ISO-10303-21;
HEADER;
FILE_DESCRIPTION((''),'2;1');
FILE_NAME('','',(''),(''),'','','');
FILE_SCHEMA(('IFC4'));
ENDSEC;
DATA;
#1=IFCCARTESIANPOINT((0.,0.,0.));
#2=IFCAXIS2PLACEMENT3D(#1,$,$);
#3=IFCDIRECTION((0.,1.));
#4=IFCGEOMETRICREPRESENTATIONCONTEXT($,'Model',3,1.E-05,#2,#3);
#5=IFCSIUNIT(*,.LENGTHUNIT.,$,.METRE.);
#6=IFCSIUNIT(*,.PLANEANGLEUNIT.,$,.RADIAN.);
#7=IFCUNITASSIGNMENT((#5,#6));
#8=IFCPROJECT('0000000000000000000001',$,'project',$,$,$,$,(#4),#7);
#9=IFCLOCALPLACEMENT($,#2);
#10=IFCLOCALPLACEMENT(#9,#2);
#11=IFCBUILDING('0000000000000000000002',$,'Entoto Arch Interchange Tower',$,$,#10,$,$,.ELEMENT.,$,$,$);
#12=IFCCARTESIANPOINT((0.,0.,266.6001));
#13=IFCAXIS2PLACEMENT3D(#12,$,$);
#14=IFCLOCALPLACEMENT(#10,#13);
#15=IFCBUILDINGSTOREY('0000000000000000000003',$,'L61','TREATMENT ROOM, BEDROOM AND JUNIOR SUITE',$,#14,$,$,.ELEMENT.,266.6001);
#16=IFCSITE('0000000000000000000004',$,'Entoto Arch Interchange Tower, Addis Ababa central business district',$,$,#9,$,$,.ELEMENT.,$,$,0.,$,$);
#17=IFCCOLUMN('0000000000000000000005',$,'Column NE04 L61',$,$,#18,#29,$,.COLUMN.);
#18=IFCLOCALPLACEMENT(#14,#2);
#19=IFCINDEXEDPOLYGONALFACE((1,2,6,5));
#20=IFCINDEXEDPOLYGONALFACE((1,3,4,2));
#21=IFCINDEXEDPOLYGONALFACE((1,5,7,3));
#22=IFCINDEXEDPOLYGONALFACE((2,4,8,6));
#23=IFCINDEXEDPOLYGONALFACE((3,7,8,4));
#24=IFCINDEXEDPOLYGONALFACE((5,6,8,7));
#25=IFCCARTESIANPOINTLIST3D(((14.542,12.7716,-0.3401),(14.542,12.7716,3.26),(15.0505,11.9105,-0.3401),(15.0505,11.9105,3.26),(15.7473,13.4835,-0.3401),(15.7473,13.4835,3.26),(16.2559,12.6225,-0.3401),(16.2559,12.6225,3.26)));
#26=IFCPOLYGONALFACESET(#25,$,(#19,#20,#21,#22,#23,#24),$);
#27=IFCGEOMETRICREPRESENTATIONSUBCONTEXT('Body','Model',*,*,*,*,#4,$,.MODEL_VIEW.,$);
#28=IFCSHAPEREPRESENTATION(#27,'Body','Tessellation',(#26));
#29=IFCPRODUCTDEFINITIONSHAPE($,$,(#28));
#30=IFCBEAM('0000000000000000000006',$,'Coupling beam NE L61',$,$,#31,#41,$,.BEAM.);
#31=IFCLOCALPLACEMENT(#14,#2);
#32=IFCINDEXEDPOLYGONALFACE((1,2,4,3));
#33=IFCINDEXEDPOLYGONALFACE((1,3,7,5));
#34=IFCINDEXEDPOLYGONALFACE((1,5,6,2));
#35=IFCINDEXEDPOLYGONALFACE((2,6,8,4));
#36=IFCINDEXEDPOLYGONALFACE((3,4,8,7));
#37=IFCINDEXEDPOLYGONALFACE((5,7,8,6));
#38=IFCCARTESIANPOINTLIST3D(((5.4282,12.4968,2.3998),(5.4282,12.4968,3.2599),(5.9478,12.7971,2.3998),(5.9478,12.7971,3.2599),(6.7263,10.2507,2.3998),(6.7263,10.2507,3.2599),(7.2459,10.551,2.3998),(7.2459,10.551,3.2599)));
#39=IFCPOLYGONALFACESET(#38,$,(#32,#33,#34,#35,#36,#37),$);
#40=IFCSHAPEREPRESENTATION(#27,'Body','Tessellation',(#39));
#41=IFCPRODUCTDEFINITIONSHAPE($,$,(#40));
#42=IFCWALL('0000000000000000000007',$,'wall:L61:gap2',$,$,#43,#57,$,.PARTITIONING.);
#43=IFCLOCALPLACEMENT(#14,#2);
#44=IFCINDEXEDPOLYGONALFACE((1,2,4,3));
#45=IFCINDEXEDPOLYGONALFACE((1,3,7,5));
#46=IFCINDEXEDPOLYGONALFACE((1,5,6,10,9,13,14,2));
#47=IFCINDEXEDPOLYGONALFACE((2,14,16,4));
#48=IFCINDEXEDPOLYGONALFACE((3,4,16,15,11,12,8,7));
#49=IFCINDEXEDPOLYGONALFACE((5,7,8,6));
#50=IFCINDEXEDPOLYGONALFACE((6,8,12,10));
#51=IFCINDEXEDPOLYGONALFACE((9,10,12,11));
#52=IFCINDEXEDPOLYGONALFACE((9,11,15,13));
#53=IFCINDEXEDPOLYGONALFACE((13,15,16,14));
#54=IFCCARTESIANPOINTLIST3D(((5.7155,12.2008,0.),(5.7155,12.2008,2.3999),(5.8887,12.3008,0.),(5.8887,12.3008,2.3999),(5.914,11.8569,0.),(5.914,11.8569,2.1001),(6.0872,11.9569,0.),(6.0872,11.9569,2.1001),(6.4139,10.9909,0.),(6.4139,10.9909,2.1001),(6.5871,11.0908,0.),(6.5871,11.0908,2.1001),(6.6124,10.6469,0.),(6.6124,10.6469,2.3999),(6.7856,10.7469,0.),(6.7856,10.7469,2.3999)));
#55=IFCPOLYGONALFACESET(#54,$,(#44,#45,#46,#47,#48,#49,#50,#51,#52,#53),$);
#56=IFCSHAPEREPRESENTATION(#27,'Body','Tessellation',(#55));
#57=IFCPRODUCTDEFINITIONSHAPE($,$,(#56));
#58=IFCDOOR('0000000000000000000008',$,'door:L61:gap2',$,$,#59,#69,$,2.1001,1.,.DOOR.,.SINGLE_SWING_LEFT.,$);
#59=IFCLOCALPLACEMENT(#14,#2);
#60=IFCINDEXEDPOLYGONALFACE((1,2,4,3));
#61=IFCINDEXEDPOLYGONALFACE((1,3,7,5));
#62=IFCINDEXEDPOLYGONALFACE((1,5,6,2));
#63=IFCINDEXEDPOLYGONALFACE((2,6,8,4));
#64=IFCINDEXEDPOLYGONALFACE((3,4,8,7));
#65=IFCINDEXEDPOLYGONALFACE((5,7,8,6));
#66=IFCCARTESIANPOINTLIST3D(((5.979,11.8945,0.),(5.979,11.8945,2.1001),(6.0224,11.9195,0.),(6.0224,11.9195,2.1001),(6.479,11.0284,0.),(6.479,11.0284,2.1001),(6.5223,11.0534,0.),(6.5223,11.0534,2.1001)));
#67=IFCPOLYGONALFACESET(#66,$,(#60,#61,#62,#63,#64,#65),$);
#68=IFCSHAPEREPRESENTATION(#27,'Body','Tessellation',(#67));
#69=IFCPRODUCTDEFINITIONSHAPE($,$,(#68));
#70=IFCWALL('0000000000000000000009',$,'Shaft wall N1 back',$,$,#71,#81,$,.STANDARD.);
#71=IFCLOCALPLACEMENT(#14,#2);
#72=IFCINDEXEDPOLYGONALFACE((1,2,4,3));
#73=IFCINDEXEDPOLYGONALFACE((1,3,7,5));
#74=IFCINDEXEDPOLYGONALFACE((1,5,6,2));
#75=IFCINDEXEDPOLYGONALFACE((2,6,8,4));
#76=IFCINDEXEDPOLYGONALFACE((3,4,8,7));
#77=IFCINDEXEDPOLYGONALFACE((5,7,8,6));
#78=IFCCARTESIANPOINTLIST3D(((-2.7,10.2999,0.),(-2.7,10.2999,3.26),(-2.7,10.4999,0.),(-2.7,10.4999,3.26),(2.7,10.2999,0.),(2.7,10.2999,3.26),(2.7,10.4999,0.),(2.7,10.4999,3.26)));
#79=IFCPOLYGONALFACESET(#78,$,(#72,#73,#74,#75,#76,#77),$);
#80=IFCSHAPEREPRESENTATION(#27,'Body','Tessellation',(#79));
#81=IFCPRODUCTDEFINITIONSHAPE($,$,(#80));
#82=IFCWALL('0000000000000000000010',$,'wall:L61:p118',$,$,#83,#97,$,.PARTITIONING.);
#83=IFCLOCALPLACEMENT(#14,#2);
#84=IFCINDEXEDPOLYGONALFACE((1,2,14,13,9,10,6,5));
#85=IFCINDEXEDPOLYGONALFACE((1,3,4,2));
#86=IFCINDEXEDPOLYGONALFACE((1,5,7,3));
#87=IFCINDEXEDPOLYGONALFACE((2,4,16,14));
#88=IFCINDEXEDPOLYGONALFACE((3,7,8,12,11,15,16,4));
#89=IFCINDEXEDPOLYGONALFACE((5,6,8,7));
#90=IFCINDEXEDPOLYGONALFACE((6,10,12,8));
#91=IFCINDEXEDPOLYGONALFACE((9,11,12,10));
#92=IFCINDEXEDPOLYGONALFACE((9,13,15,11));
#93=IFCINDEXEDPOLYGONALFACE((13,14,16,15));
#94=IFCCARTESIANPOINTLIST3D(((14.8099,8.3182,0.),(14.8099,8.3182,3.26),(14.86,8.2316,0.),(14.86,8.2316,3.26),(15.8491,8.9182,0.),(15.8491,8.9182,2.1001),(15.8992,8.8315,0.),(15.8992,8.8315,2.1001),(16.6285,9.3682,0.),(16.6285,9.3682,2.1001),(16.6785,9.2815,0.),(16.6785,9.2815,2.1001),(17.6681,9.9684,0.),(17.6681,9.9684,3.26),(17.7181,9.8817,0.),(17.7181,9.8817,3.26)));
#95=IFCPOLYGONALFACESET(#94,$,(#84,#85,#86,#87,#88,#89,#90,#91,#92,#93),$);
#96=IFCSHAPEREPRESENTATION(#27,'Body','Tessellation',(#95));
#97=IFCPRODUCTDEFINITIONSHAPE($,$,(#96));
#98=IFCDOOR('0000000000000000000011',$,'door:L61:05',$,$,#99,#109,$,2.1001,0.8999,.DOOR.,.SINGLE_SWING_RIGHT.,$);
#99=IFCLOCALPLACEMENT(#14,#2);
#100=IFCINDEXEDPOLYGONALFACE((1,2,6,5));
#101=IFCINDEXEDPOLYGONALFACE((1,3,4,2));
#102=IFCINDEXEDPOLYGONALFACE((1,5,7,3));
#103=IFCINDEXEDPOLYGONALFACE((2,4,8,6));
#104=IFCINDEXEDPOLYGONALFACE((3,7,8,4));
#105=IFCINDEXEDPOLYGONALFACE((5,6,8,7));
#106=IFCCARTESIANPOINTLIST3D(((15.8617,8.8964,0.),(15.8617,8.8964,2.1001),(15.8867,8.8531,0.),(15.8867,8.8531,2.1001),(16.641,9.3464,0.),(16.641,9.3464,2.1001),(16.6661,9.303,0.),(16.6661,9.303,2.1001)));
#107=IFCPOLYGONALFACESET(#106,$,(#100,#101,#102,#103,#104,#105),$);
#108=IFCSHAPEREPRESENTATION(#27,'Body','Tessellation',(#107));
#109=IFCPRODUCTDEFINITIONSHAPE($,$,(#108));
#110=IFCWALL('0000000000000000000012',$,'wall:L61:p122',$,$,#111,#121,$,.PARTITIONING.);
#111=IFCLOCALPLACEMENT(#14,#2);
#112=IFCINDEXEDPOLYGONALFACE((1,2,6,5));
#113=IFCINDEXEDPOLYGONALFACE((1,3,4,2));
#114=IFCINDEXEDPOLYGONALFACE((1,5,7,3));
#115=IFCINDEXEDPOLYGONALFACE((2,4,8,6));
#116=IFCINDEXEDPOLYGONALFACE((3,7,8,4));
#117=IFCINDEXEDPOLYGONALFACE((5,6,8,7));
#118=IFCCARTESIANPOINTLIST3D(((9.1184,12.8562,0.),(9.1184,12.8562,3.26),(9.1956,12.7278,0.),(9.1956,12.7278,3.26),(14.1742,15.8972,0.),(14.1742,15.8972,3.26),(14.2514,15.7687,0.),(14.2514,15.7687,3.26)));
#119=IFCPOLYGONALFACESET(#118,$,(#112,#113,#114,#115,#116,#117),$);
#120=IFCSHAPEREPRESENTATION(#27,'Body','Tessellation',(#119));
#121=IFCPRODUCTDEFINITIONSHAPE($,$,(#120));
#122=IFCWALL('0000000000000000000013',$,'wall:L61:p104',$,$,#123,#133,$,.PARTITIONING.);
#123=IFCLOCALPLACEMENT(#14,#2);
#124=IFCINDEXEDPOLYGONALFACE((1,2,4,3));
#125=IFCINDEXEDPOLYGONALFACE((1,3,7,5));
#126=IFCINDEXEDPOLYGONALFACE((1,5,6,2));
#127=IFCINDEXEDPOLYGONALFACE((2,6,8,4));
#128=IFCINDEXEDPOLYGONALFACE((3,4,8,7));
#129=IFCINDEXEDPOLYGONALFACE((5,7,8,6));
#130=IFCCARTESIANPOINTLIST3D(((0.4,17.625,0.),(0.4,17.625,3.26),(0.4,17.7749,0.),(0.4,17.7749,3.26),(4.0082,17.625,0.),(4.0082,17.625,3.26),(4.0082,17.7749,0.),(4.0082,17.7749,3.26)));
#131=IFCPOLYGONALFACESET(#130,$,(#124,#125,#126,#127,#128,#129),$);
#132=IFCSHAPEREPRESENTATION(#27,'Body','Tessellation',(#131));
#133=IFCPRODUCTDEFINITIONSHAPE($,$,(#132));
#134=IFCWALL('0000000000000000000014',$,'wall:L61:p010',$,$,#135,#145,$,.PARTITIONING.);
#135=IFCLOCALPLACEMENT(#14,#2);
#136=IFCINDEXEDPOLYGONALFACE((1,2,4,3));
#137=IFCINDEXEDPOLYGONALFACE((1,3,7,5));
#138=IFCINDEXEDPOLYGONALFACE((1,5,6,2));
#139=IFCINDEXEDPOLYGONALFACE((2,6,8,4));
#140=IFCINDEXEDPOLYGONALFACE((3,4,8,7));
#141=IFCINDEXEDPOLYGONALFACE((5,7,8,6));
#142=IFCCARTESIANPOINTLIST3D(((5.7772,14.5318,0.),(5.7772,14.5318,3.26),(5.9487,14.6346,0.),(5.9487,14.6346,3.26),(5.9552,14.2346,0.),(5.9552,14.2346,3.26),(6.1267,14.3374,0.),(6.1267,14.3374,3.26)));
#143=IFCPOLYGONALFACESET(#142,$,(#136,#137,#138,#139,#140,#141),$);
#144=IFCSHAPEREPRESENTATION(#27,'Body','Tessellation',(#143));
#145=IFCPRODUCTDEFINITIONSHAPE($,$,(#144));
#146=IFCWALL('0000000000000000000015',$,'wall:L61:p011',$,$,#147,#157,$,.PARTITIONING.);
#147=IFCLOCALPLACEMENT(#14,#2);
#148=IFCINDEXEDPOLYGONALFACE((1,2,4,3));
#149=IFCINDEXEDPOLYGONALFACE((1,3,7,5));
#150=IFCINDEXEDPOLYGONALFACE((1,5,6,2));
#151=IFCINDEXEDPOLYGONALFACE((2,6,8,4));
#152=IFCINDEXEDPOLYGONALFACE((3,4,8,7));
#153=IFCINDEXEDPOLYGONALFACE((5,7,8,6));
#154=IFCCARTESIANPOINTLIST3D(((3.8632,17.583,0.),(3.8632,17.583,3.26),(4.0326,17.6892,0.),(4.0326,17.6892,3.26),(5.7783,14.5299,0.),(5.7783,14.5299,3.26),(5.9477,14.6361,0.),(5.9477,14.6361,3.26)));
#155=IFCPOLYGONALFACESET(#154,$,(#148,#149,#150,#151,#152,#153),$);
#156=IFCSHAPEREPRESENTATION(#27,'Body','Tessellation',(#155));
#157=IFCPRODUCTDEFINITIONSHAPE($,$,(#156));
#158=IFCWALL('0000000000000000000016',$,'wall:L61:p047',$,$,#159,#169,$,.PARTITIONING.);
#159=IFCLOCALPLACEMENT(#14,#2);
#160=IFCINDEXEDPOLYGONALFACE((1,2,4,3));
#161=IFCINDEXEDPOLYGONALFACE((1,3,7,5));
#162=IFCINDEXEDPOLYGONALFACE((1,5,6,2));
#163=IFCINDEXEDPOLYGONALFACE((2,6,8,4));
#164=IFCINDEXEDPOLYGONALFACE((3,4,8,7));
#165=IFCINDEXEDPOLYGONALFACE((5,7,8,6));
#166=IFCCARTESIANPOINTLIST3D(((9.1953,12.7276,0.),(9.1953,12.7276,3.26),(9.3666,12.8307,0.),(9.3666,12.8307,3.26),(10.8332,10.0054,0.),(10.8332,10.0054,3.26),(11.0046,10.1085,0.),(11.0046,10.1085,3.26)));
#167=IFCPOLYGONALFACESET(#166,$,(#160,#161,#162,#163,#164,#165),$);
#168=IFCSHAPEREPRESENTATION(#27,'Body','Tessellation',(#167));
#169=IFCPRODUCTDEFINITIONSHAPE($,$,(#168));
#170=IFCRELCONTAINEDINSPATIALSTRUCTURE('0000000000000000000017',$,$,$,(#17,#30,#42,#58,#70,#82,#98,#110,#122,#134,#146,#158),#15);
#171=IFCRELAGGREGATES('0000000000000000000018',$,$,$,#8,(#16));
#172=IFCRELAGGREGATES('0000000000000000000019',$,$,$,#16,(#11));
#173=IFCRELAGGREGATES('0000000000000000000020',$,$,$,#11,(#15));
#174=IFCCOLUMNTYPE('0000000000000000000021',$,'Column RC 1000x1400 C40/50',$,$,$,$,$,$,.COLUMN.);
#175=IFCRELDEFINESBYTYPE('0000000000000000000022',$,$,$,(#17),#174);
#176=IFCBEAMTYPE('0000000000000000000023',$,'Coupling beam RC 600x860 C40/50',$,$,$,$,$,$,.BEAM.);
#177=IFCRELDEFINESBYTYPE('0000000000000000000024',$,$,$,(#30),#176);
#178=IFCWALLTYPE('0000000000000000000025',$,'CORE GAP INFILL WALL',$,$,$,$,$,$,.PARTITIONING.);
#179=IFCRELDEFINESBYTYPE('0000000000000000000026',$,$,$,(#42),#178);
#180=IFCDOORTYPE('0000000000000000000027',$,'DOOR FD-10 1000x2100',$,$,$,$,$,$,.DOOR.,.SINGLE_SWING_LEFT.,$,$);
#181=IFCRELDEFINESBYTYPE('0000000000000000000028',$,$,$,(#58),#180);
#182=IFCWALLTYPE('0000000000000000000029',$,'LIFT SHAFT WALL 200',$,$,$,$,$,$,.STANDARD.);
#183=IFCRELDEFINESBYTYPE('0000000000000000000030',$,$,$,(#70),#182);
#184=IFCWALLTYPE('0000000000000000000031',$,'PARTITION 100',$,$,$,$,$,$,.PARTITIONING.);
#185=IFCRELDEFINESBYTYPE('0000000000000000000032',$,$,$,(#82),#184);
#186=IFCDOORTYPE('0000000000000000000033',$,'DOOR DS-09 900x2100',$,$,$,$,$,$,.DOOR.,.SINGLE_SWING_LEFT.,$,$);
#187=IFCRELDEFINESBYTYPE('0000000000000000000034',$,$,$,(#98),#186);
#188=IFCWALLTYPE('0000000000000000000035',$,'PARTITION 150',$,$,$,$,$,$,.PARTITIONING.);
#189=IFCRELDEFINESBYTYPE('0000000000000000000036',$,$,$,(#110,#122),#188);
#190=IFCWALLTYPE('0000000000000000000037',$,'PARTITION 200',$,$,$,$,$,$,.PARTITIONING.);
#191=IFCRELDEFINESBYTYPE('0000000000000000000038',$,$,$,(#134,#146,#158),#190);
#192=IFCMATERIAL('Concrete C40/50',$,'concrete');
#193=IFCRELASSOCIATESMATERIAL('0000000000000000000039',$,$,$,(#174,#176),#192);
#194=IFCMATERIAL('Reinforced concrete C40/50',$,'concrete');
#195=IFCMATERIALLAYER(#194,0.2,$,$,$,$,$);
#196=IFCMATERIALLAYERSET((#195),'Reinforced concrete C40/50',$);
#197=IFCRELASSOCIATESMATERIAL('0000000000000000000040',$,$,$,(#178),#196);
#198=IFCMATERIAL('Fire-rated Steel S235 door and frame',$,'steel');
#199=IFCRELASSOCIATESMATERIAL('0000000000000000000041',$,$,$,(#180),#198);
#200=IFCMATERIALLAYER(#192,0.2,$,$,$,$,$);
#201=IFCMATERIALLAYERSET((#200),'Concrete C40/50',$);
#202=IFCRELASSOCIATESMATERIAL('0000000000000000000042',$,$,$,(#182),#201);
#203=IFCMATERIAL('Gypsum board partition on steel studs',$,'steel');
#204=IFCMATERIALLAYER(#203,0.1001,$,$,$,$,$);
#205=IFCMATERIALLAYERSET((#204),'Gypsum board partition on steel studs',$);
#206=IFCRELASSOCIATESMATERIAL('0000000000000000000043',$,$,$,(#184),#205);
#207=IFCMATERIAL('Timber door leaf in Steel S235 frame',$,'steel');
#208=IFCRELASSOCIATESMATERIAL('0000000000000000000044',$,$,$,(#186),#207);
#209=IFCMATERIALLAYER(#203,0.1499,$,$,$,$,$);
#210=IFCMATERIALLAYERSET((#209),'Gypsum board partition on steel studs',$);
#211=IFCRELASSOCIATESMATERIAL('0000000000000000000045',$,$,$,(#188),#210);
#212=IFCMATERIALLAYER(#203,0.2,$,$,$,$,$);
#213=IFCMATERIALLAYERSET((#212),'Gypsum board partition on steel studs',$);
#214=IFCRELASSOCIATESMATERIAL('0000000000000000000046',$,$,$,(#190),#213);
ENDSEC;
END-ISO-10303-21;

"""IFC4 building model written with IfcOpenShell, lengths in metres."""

from ifc_helpers import new_model, si_unit, direction, frame, frame_2d, origin, origin_2d, place, context, subcontext, project, spatial, rectangle, extrude, material, layer, layer_set, material_profile, profile_set, type_object, element, fill, save


model = new_model("IFC4")

# Units and contexts
model_context = context("Model", 3, precision=1e-05, world=origin(), true_north=direction((0.0, 1.0)))
body_context = subcontext(model_context, "Body", "Model", "MODEL_VIEW")
ifc_project = project(units=[si_unit("LENGTHUNIT", "METRE"), si_unit("PLANEANGLEUNIT", "RADIAN")], contexts=[model_context])

# Site, building, storey
site_placement = place(None, origin())
site = spatial("IfcSite", under=ifc_project, at=site_placement, Name="Entoto Arch Interchange Tower, Addis Ababa central business district", CompositionType="ELEMENT", RefElevation=0.0)
building_placement = place(site_placement, origin())
building = spatial("IfcBuilding", under=site, at=building_placement, Name="Entoto Arch Interchange Tower", CompositionType="ELEMENT")
storey_placement = place(building_placement, frame((0.0, 0.0, 266.6001)))
storey = spatial("IfcBuildingStorey", under=building, at=storey_placement, Name="L61", Description="TREATMENT ROOM, BEDROOM AND JUNIOR SUITE", CompositionType="ELEMENT", Elevation=266.6001)

# Column
ifc_material_1 = material(Name="Concrete C40/50", Category="concrete")
ifc_material_profile_1 = material_profile(ifc_material_1, rectangle(XDim=1.0, YDim=1.3999, at=origin_2d()))
ifc_profile_set_1 = profile_set([ifc_material_profile_1], Name="Concrete C40/50")
column_type = type_object("IfcColumnType", Name="Column RC 1000x1400 C40/50", PredefinedType="COLUMN", material=ifc_profile_set_1)
column_placement = place(storey_placement, frame((15.3989, 12.697, -0.3401), z_axis=(0.0, 0.0, 1.0), x_axis=(-0.508576, 0.861017, 0.0)))
element("IfcColumn", 1, at=column_placement, inside=storey, type_object=column_type, Name="Column NE04 L61", PredefinedType="COLUMN", context=body_context, shape_type="SweptSolid", body=[
    extrude(rectangle(XDim=1.0, YDim=1.3999, at=origin_2d()), origin(), (0.0, 0.0, 1.0), 3.6001),
])

# Beam
ifc_material_profile_2 = material_profile(ifc_material_1, rectangle(XDim=0.6001, YDim=0.8601, at=origin_2d()))
ifc_profile_set_2 = profile_set([ifc_material_profile_2], Name="Concrete C40/50")
beam_type = type_object("IfcBeamType", Name="Coupling beam RC 600x860 C40/50", PredefinedType="BEAM", material=ifc_profile_set_2)
beam_placement = place(storey_placement, frame((6.9861, 10.4009, 2.8298), z_axis=(-0.50038, 0.865806, 0.0), x_axis=(-0.865806, -0.50038, 0.0)))
element("IfcBeam", 2, at=beam_placement, inside=storey, type_object=beam_type, Name="Coupling beam NE L61", PredefinedType="BEAM", context=body_context, shape_type="SweptSolid", body=[
    extrude(rectangle(XDim=0.6001, YDim=0.8601, at=origin_2d()), origin(), (0.0, 0.0, 1.0), 2.5942),
])

# Wall, opening, door
ifc_material_2 = material(Name="Reinforced concrete C40/50", Category="concrete")
ifc_layer_1 = layer(ifc_material_2, 0.2)
ifc_layer_set_1 = layer_set([ifc_layer_1], Name="Reinforced concrete C40/50")
wall_type_1 = type_object("IfcWallType", Name="CORE GAP INFILL WALL", PredefinedType="PARTITIONING", material=ifc_layer_set_1)
wall_1_placement = place(storey_placement, frame((6.699, 10.697, 0.0), z_axis=(0.0, 0.0, 1.0), x_axis=(-0.499915, 0.866075, 0.0)))
wall_1 = element("IfcWall", 3, at=wall_1_placement, inside=storey, type_object=wall_type_1, Name="wall:L61:gap2", PredefinedType="PARTITIONING", context=body_context, shape_type="SweptSolid", body=[
    extrude(rectangle(XDim=1.7942, YDim=0.2, at=frame_2d((0.897, 0.0))), origin(), (0.0, 0.0, 1.0), 2.3999),
])
opening_1_placement = place(wall_1_placement, frame((0.397, 0.0, 0.0)))
opening_1 = element("IfcOpeningElement", 4, at=opening_1_placement, cuts=wall_1, PredefinedType="OPENING", context=body_context, shape_type="SweptSolid", body=[
    extrude(rectangle(XDim=1.0, YDim=2.1001, at=frame_2d((0.5, 1.05))), frame((0.0, 0.1099, 0.0), z_axis=(0.0, -1.0, 0.0), x_axis=(1.0, 0.0, 0.0)), (0.0, 0.0, 1.0), 0.22),
])
ifc_material_3 = material(Name="Fire-rated Steel S235 door and frame", Category="steel")
door_type_1 = type_object("IfcDoorType", Name="DOOR FD-10 1000x2100", OperationType="SINGLE_SWING_LEFT", PredefinedType="DOOR", material=ifc_material_3)
door_1_placement = place(opening_1_placement, origin())
door_1 = element("IfcDoor", 5, at=door_1_placement, inside=storey, type_object=door_type_1, Name="door:L61:gap2", OperationType="SINGLE_SWING_LEFT", OverallHeight=2.1001, OverallWidth=1.0, PredefinedType="DOOR", context=body_context, shape_type="SweptSolid", body=[
    extrude(rectangle(XDim=1.0, YDim=2.1001, at=frame_2d((0.5, 1.05))), frame((0.0, 0.0249, 0.0), z_axis=(0.0, -1.0, 0.0), x_axis=(1.0, 0.0, 0.0)), (0.0, 0.0, 1.0), 0.05),
])
fill(opening_1, door_1)

# Wall
ifc_layer_2 = layer(ifc_material_1, 0.2)
ifc_layer_set_2 = layer_set([ifc_layer_2], Name="Concrete C40/50")
wall_type_2 = type_object("IfcWallType", Name="LIFT SHAFT WALL 200", PredefinedType="STANDARD", material=ifc_layer_set_2)
wall_2_placement = place(storey_placement, frame((2.7, 10.3999, 0.0), z_axis=(0.0, 0.0, 1.0), x_axis=(-1.0, 0.0, 0.0)))
element("IfcWall", 6, at=wall_2_placement, inside=storey, type_object=wall_type_2, Name="Shaft wall N1 back", PredefinedType="STANDARD", context=body_context, shape_type="SweptSolid", body=[
    extrude(rectangle(XDim=5.3999, YDim=0.2, at=frame_2d((2.7, 0.0))), origin(), (0.0, 0.0, 1.0), 3.26),
])

# Wall, opening, door
ifc_material_4 = material(Name="Gypsum board partition on steel studs", Category="steel")
ifc_layer_3 = layer(ifc_material_4, 0.1001)
ifc_layer_set_3 = layer_set([ifc_layer_3], Name="Gypsum board partition on steel studs")
wall_type_3 = type_object("IfcWallType", Name="PARTITION 100", PredefinedType="PARTITIONING", material=ifc_layer_set_3)
wall_3_placement = place(storey_placement, frame((14.835, 8.2749, 0.0), z_axis=(0.0, 0.0, 1.0), x_axis=(0.866027, 0.499998, 0.0)))
wall_3 = element("IfcWall", 7, at=wall_3_placement, inside=storey, type_object=wall_type_3, Name="wall:L61:p118", PredefinedType="PARTITIONING", context=body_context, shape_type="SweptSolid", body=[
    extrude(rectangle(XDim=3.3003, YDim=0.1001, at=frame_2d((1.6501, 0.0))), origin(), (0.0, 0.0, 1.0), 3.26),
])
opening_2_placement = place(wall_3_placement, frame((1.2, 0.0, 0.0)))
opening_2 = element("IfcOpeningElement", 8, at=opening_2_placement, cuts=wall_3, PredefinedType="OPENING", context=body_context, shape_type="SweptSolid", body=[
    extrude(rectangle(XDim=0.8999, YDim=2.1001, at=frame_2d((0.45, 1.05))), frame((0.0, 0.0601, 0.0), z_axis=(0.0, -1.0, 0.0), x_axis=(1.0, 0.0, 0.0)), (0.0, 0.0, 1.0), 0.1201),
])
ifc_material_5 = material(Name="Timber door leaf in Steel S235 frame", Category="steel")
door_type_2 = type_object("IfcDoorType", Name="DOOR DS-09 900x2100", OperationType="SINGLE_SWING_LEFT", PredefinedType="DOOR", material=ifc_material_5)
door_2_placement = place(opening_2_placement, origin())
door_2 = element("IfcDoor", 9, at=door_2_placement, inside=storey, type_object=door_type_2, Name="door:L61:05", OperationType="SINGLE_SWING_RIGHT", OverallHeight=2.1001, OverallWidth=0.8999, PredefinedType="DOOR", context=body_context, shape_type="SweptSolid", body=[
    extrude(rectangle(XDim=0.8999, YDim=2.1001, at=frame_2d((0.45, 1.05))), frame((0.0, 0.0249, 0.0), z_axis=(0.0, -1.0, 0.0), x_axis=(1.0, 0.0, 0.0)), (0.0, 0.0, 1.0), 0.05),
])
fill(opening_2, door_2)

# Walls
ifc_layer_4 = layer(ifc_material_4, 0.1499)
ifc_layer_set_4 = layer_set([ifc_layer_4], Name="Gypsum board partition on steel studs")
wall_type_4 = type_object("IfcWallType", Name="PARTITION 150", PredefinedType="PARTITIONING", material=ifc_layer_set_4)
wall_4_placement = place(storey_placement, frame((9.157, 12.792, 0.0), z_axis=(0.0, 0.0, 1.0), x_axis=(0.856934, 0.515426, 0.0)))
element("IfcWall", 10, at=wall_4_placement, inside=storey, type_object=wall_type_4, Name="wall:L61:p122", PredefinedType="PARTITIONING", context=body_context, shape_type="SweptSolid", body=[
    extrude(rectangle(XDim=5.8999, YDim=0.1499, at=frame_2d((2.95, 0.0))), origin(), (0.0, 0.0, 1.0), 3.26),
])
wall_5_placement = place(storey_placement, frame((0.3999, 17.7, 0.0), z_axis=(0.0, 0.0, 1.0), x_axis=(1.0, 0.0, 0.0)))
element("IfcWall", 11, at=wall_5_placement, inside=storey, type_object=wall_type_4, Name="wall:L61:p104", PredefinedType="PARTITIONING", context=body_context, shape_type="SweptSolid", body=[
    extrude(rectangle(XDim=3.6082, YDim=0.1499, at=frame_2d((1.8042, 0.0))), origin(), (0.0, 0.0, 1.0), 3.26),
])
ifc_layer_5 = layer(ifc_material_4, 0.2)
ifc_layer_set_5 = layer_set([ifc_layer_5], Name="Gypsum board partition on steel studs")
wall_type_5 = type_object("IfcWallType", Name="PARTITION 200", PredefinedType="PARTITIONING", material=ifc_layer_set_5)
wall_6_placement = place(storey_placement, frame((6.041, 14.2859, 0.0), z_axis=(0.0, 0.0, 1.0), x_axis=(-0.513874, 0.857866, 0.0)))
element("IfcWall", 12, at=wall_6_placement, inside=storey, type_object=wall_type_5, Name="wall:L61:p010", PredefinedType="PARTITIONING", context=body_context, shape_type="SweptSolid", body=[
    extrude(rectangle(XDim=0.3464, YDim=0.2, at=frame_2d((0.1733, 0.0))), origin(), (0.0, 0.0, 1.0), 3.26),
])
wall_7_placement = place(storey_placement, frame((5.863, 14.583, 0.0), z_axis=(0.0, 0.0, 1.0), x_axis=(-0.531381, 0.847133, 0.0)))
element("IfcWall", 13, at=wall_7_placement, inside=storey, type_object=wall_type_5, Name="wall:L61:p011", PredefinedType="PARTITIONING", context=body_context, shape_type="SweptSolid", body=[
    extrude(rectangle(XDim=3.604, YDim=0.2, at=frame_2d((1.802, 0.0))), origin(), (0.0, 0.0, 1.0), 3.26),
])
wall_8_placement = place(storey_placement, frame((9.281, 12.7791, 0.0), z_axis=(0.0, 0.0, 1.0), x_axis=(0.515569, -0.856848, 0.0)))
element("IfcWall", 14, at=wall_8_placement, inside=storey, type_object=wall_type_5, Name="wall:L61:p047", PredefinedType="PARTITIONING", context=body_context, shape_type="SweptSolid", body=[
    extrude(rectangle(XDim=3.177, YDim=0.2, at=frame_2d((1.5884, 0.0))), origin(), (0.0, 0.0, 1.0), 3.26),
])

save(model, "model.ifc")
